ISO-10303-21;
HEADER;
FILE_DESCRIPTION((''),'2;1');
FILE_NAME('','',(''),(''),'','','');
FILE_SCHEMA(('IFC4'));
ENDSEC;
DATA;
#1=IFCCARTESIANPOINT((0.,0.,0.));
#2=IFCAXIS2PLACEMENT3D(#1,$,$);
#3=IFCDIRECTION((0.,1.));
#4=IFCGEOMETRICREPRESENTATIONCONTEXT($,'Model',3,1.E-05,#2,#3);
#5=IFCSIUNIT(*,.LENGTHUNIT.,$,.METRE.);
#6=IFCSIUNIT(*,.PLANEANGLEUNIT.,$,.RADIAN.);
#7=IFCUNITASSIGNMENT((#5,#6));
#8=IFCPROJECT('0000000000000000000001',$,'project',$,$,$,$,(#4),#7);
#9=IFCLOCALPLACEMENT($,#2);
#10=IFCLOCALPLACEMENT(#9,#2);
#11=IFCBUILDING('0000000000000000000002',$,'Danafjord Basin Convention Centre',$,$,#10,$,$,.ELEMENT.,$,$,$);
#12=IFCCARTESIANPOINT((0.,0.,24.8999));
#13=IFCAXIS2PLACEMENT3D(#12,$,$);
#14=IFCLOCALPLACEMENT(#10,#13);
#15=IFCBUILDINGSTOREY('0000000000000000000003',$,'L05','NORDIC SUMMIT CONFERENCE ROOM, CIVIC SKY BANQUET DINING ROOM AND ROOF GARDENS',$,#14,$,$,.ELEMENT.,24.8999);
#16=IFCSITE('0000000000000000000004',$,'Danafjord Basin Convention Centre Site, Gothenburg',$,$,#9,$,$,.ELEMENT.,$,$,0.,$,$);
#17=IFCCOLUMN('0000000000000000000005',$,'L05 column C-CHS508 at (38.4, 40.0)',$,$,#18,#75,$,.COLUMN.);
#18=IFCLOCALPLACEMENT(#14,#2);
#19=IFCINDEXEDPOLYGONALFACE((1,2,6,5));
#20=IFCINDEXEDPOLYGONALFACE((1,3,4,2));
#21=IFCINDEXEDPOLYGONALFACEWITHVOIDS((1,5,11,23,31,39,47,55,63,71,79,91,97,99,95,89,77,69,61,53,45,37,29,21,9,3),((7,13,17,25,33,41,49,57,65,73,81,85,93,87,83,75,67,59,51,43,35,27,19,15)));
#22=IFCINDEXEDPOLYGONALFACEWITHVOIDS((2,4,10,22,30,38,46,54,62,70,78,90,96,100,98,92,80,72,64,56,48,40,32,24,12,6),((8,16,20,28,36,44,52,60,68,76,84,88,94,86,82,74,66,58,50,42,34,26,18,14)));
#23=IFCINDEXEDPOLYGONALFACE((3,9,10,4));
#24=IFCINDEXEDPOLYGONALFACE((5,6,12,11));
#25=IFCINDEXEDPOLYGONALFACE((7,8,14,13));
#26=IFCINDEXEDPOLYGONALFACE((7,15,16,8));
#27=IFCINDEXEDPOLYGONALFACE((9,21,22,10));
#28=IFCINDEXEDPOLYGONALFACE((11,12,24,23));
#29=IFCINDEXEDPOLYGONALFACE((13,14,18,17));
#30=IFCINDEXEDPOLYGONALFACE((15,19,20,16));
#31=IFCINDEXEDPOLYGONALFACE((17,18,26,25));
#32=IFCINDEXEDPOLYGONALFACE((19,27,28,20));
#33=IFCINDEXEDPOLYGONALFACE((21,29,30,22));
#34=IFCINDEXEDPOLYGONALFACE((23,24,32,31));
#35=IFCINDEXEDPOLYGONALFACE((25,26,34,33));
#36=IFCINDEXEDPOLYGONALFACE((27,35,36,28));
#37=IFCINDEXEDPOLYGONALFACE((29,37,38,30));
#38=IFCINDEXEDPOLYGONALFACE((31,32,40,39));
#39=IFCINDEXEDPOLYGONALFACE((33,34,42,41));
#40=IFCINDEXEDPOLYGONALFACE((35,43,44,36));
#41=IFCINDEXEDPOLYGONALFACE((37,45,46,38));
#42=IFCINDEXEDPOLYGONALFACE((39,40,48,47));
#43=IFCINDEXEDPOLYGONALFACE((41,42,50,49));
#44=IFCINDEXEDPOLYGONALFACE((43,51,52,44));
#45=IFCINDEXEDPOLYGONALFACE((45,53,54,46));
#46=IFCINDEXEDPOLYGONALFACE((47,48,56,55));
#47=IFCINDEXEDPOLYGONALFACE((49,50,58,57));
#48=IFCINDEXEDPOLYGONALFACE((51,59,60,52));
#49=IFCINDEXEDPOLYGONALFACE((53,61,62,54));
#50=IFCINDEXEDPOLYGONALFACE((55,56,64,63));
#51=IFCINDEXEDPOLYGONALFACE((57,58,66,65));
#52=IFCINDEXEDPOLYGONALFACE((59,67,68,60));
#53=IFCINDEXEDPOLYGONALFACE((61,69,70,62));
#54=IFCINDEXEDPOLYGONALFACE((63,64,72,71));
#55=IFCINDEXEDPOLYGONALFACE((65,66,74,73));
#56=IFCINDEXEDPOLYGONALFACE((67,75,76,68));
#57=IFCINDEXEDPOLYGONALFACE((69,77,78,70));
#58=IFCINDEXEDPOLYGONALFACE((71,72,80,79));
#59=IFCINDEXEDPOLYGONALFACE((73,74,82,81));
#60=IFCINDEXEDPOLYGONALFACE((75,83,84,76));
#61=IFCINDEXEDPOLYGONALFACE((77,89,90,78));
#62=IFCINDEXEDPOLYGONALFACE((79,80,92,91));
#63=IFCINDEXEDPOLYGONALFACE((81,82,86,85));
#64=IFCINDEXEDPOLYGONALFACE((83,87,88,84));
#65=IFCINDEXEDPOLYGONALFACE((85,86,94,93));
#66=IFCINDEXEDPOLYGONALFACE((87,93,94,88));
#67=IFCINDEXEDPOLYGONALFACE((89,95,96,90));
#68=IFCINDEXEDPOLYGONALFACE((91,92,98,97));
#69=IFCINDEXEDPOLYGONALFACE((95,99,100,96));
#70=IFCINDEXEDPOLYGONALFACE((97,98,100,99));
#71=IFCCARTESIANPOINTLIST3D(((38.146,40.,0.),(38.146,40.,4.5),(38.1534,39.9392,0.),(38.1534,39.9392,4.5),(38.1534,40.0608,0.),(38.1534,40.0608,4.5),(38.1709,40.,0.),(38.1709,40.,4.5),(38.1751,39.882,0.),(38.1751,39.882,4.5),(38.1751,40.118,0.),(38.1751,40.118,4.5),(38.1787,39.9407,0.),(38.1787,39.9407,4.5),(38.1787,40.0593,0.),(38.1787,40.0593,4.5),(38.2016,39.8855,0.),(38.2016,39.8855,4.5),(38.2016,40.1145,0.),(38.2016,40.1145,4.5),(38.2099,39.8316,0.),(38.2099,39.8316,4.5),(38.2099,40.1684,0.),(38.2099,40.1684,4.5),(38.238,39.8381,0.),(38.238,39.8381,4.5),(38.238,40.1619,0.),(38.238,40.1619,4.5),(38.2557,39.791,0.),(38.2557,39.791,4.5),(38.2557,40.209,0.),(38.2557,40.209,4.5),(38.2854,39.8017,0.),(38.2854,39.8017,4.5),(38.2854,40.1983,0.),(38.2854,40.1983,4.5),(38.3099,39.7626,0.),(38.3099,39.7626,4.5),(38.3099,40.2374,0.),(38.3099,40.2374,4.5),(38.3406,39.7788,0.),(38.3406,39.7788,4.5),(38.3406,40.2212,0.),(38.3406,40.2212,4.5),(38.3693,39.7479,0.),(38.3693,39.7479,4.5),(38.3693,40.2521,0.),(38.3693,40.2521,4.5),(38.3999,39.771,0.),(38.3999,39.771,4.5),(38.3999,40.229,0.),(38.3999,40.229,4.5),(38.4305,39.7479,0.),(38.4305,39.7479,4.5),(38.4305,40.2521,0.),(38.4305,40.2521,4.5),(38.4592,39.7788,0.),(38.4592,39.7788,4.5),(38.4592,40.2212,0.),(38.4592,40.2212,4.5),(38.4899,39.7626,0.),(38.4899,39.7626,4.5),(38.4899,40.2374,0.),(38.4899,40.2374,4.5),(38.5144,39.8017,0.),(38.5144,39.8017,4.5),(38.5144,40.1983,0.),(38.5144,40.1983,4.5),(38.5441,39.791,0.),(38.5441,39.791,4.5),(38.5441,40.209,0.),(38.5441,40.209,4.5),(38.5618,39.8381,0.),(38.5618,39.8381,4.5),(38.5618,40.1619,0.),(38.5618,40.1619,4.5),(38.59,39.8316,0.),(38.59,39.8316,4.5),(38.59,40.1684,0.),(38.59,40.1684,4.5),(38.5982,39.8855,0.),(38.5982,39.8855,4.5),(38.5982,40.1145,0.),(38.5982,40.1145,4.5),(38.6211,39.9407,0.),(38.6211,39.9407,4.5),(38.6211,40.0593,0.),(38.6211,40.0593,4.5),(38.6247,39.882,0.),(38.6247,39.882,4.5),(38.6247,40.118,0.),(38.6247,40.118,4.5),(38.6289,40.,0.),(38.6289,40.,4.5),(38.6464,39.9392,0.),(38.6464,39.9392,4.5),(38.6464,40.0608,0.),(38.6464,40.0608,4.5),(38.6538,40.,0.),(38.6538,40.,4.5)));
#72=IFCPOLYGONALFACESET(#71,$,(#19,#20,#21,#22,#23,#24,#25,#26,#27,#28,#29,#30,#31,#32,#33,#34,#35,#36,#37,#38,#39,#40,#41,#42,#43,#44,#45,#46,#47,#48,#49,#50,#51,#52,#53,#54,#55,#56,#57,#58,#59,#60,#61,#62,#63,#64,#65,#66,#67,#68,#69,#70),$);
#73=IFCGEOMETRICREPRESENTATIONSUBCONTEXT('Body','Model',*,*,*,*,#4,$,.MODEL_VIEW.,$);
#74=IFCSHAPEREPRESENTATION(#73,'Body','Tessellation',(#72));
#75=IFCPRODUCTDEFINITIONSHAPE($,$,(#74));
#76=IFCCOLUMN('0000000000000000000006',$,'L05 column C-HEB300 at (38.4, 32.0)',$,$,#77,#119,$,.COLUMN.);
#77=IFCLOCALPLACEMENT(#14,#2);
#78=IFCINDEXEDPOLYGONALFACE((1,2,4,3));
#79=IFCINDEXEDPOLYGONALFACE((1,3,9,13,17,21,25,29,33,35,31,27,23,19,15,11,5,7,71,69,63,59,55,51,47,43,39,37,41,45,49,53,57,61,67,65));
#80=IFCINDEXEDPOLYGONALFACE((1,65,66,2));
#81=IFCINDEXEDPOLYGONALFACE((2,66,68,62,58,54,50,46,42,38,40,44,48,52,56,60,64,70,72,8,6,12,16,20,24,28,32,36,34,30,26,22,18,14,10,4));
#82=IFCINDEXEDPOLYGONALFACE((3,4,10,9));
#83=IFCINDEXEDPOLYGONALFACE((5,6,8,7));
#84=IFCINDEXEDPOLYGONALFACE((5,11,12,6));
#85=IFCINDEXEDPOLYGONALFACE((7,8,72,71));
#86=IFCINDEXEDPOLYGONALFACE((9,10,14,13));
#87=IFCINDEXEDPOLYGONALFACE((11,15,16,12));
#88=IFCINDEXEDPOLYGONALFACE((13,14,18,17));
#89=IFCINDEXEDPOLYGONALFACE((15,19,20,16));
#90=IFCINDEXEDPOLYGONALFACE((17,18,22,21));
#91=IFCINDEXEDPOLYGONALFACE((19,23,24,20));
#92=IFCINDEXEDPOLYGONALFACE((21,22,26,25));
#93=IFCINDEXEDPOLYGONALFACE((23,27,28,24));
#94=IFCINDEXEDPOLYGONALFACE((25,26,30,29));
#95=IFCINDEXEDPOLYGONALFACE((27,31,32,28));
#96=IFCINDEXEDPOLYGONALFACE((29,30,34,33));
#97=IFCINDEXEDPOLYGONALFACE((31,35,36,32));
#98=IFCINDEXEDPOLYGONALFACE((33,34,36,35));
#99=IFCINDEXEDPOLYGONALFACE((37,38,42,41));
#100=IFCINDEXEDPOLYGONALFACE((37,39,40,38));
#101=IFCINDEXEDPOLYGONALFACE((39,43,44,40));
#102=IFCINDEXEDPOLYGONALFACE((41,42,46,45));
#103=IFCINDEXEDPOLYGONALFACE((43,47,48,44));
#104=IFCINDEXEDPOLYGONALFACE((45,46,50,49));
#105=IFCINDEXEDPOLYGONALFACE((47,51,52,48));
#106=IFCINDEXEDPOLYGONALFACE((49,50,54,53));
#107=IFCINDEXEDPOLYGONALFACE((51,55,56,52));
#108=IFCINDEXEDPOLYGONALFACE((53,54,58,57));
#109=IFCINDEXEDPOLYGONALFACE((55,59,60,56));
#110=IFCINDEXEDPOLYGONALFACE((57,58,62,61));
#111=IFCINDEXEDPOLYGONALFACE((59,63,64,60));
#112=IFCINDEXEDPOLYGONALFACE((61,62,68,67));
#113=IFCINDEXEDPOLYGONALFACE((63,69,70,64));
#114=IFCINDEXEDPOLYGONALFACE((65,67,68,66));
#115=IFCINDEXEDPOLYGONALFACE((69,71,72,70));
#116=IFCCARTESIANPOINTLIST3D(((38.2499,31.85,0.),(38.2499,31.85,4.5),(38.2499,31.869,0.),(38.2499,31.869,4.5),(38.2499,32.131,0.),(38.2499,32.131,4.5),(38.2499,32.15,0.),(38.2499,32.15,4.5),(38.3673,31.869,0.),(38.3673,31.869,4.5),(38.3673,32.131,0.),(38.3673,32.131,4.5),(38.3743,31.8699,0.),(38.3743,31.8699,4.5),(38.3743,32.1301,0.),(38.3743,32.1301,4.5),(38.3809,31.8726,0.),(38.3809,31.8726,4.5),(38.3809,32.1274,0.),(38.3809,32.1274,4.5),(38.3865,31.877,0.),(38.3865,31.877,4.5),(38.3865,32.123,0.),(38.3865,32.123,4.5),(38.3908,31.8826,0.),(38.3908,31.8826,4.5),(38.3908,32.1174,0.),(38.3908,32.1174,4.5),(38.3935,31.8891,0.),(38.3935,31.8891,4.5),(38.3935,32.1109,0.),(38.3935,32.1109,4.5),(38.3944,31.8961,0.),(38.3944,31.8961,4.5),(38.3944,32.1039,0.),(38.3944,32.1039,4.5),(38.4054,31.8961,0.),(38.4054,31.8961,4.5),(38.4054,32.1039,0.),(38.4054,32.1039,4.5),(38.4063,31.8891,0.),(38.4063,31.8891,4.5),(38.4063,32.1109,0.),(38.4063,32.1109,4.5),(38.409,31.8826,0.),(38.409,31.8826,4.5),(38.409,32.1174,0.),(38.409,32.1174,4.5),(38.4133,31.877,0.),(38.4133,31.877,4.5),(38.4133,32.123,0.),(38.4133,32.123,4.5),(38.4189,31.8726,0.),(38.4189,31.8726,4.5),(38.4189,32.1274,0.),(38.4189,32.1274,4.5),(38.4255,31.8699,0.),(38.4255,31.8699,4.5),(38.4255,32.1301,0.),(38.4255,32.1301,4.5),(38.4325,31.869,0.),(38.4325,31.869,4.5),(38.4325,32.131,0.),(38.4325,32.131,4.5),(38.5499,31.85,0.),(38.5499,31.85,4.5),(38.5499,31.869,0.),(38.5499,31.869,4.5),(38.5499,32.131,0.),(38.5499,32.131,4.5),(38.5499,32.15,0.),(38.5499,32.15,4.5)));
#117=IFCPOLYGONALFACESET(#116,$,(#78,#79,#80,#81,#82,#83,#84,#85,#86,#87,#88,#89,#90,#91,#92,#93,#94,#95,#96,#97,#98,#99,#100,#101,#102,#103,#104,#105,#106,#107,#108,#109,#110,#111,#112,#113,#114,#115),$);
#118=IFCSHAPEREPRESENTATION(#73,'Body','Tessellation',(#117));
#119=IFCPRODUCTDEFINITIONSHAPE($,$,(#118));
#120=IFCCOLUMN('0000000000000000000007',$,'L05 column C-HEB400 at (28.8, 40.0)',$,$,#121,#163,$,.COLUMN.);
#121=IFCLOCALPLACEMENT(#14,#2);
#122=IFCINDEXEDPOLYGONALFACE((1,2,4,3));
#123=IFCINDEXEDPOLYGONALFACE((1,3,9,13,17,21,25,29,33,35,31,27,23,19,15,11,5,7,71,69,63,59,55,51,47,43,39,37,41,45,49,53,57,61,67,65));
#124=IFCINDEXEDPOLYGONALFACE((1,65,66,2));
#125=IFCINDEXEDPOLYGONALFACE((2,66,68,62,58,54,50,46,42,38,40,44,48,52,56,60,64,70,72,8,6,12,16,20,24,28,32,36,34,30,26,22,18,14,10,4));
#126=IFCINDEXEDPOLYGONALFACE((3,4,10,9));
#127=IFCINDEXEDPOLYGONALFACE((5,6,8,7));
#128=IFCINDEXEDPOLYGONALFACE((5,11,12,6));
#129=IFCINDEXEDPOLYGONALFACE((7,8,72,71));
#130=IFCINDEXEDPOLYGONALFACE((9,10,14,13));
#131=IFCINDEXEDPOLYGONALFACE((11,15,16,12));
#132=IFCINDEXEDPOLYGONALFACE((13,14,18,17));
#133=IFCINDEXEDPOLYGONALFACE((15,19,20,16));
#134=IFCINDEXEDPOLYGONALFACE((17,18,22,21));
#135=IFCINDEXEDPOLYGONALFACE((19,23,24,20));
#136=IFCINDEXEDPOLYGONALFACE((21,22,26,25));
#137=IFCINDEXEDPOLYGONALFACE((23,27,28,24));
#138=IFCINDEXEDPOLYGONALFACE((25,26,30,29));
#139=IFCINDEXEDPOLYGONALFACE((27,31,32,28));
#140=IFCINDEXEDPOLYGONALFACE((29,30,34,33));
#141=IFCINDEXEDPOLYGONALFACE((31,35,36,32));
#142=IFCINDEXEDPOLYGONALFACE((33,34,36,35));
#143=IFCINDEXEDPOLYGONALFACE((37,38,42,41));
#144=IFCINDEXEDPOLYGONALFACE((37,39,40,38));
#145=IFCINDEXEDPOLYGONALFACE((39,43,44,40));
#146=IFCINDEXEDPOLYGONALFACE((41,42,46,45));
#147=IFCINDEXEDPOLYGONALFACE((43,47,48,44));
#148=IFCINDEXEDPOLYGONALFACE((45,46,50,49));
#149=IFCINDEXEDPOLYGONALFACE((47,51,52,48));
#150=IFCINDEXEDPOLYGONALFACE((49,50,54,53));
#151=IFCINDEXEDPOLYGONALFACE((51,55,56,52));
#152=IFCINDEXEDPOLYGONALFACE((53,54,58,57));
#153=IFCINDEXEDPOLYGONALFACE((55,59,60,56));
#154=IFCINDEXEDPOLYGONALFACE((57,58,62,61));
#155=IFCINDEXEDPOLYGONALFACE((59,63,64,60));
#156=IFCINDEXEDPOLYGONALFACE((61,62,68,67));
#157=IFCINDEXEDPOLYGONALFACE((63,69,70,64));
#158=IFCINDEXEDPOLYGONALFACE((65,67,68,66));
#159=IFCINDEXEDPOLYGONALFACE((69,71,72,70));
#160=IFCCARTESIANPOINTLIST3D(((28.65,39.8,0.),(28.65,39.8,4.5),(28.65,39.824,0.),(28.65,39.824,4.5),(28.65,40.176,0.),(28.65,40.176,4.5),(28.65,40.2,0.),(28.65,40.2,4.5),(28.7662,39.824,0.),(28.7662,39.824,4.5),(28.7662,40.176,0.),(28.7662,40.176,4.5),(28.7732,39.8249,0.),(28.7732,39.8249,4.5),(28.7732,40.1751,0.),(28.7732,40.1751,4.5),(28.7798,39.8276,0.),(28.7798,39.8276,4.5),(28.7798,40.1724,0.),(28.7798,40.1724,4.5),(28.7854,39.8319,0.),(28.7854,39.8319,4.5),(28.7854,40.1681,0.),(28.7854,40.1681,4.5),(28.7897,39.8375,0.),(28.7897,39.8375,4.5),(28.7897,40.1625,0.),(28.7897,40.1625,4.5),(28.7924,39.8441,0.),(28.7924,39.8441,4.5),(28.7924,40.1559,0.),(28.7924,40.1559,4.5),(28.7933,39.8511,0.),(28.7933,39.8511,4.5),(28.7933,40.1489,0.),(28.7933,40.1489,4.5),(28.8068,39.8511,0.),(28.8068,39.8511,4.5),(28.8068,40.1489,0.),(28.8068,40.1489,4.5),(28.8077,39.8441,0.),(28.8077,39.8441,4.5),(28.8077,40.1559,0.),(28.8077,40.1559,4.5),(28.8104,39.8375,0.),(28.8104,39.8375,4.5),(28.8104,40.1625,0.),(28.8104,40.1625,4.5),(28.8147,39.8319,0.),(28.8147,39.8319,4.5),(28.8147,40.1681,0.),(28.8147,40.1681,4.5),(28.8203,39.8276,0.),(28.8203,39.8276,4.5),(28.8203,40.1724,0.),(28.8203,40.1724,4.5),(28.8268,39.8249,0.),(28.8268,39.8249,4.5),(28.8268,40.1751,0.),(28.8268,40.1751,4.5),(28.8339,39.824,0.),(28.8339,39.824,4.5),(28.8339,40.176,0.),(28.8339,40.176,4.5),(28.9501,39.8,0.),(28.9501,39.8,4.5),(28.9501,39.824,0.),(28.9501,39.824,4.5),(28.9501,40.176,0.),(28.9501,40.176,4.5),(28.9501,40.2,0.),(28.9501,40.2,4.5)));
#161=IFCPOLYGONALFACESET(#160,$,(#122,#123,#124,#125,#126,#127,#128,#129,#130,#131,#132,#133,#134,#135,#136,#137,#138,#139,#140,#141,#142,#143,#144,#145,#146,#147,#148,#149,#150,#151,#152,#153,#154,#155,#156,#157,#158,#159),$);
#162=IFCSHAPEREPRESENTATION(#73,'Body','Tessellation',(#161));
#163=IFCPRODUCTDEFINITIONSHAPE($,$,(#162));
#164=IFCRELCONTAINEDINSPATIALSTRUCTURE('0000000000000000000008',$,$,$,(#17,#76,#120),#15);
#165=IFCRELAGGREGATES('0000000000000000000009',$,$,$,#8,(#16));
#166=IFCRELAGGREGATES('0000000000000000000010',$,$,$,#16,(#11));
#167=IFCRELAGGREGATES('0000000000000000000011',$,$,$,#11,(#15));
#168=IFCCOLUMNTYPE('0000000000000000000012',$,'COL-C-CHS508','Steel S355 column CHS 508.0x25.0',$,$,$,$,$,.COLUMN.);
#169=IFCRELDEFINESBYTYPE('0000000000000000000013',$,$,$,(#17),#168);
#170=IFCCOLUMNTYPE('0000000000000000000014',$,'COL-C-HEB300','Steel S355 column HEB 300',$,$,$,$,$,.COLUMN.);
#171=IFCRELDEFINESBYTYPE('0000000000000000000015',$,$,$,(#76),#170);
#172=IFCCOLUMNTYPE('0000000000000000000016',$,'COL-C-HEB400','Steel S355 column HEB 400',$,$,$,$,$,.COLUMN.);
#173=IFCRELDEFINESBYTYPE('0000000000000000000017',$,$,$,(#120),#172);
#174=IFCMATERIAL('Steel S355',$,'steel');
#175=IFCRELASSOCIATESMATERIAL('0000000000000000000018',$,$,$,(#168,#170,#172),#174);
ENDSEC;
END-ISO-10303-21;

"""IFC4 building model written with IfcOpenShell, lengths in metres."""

from ifc_helpers import new_model, si_unit, direction, frame, origin, origin_2d, place, context, subcontext, project, spatial, hollow_circle, i_section, extrude, material, material_profile, profile_set, type_object, element, save


model = new_model("IFC4")

# Units and contexts
model_context = context("Model", 3, precision=1e-05, world=origin(), true_north=direction((0.0, 1.0)))
body_context = subcontext(model_context, "Body", "Model", "MODEL_VIEW")
ifc_project = project(units=[si_unit("LENGTHUNIT", "METRE"), si_unit("PLANEANGLEUNIT", "RADIAN")], contexts=[model_context])

# Site, building, storey
site_placement = place(None, origin())
site = spatial("IfcSite", under=ifc_project, at=site_placement, Name="Danafjord Basin Convention Centre Site, Gothenburg", CompositionType="ELEMENT", RefElevation=0.0)
building_placement = place(site_placement, origin())
building = spatial("IfcBuilding", under=site, at=building_placement, Name="Danafjord Basin Convention Centre", CompositionType="ELEMENT")
storey_placement = place(building_placement, frame((0.0, 0.0, 24.8999)))
storey = spatial("IfcBuildingStorey", under=building, at=storey_placement, Name="L05", Description="NORDIC SUMMIT CONFERENCE ROOM, CIVIC SKY BANQUET DINING ROOM AND ROOF GARDENS", CompositionType="ELEMENT", Elevation=24.8999)

# Columns
ifc_material_1 = material(Name="Steel S355", Category="steel")
ifc_material_profile_1 = material_profile(ifc_material_1, hollow_circle(Radius=0.2539, WallThickness=0.0249, at=origin_2d()), Name="CHS 508.0x25.0")
ifc_profile_set_1 = profile_set([ifc_material_profile_1], Name="Steel S355")
column_type_1 = type_object("IfcColumnType", Name="COL-C-CHS508", Description="Steel S355 column CHS 508.0x25.0", PredefinedType="COLUMN", material=ifc_profile_set_1)
column_1_placement = place(storey_placement, frame((38.3999, 40.0, 0.0), z_axis=(0.0, 0.0, 1.0), x_axis=(1.0, 0.0, 0.0)))
element("IfcColumn", 1, at=column_1_placement, inside=storey, type_object=column_type_1, Name="L05 column C-CHS508 at (38.4, 40.0)", PredefinedType="COLUMN", context=body_context, shape_type="SweptSolid", body=[
    extrude(hollow_circle(Radius=0.2539, WallThickness=0.0249, at=origin_2d()), origin(), (0.0, 0.0, 1.0), 4.5),
])
ifc_material_profile_2 = material_profile(ifc_material_1, i_section(OverallWidth=0.3, OverallDepth=0.3, WebThickness=0.011, FlangeThickness=0.019, FilletRadius=0.0271, at=origin_2d()), Name="HEB 300")
ifc_profile_set_2 = profile_set([ifc_material_profile_2], Name="Steel S355")
column_type_2 = type_object("IfcColumnType", Name="COL-C-HEB300", Description="Steel S355 column HEB 300", PredefinedType="COLUMN", material=ifc_profile_set_2)
column_2_placement = place(storey_placement, frame((38.3999, 32.0, 0.0), z_axis=(0.0, 0.0, 1.0), x_axis=(1.0, 0.0, 0.0)))
element("IfcColumn", 2, at=column_2_placement, inside=storey, type_object=column_type_2, Name="L05 column C-HEB300 at (38.4, 32.0)", PredefinedType="COLUMN", context=body_context, shape_type="SweptSolid", body=[
    extrude(i_section(OverallWidth=0.3, OverallDepth=0.3, WebThickness=0.011, FlangeThickness=0.019, FilletRadius=0.0271, at=origin_2d()), origin(), (0.0, 0.0, 1.0), 4.5),
])
ifc_material_profile_3 = material_profile(ifc_material_1, i_section(OverallWidth=0.3, OverallDepth=0.3999, WebThickness=0.0134, FlangeThickness=0.0239, FilletRadius=0.0271, at=origin_2d()), Name="HEB 400")
ifc_profile_set_3 = profile_set([ifc_material_profile_3], Name="Steel S355")
column_type_3 = type_object("IfcColumnType", Name="COL-C-HEB400", Description="Steel S355 column HEB 400", PredefinedType="COLUMN", material=ifc_profile_set_3)
column_3_placement = place(storey_placement, frame((28.8, 40.0, 0.0), z_axis=(0.0, 0.0, 1.0), x_axis=(1.0, 0.0, 0.0)))
element("IfcColumn", 3, at=column_3_placement, inside=storey, type_object=column_type_3, Name="L05 column C-HEB400 at (28.8, 40.0)", PredefinedType="COLUMN", context=body_context, shape_type="SweptSolid", body=[
    extrude(i_section(OverallWidth=0.3, OverallDepth=0.3999, WebThickness=0.0134, FlangeThickness=0.0239, FilletRadius=0.0271, at=origin_2d()), origin(), (0.0, 0.0, 1.0), 4.5),
])

save(model, "model.ifc")
